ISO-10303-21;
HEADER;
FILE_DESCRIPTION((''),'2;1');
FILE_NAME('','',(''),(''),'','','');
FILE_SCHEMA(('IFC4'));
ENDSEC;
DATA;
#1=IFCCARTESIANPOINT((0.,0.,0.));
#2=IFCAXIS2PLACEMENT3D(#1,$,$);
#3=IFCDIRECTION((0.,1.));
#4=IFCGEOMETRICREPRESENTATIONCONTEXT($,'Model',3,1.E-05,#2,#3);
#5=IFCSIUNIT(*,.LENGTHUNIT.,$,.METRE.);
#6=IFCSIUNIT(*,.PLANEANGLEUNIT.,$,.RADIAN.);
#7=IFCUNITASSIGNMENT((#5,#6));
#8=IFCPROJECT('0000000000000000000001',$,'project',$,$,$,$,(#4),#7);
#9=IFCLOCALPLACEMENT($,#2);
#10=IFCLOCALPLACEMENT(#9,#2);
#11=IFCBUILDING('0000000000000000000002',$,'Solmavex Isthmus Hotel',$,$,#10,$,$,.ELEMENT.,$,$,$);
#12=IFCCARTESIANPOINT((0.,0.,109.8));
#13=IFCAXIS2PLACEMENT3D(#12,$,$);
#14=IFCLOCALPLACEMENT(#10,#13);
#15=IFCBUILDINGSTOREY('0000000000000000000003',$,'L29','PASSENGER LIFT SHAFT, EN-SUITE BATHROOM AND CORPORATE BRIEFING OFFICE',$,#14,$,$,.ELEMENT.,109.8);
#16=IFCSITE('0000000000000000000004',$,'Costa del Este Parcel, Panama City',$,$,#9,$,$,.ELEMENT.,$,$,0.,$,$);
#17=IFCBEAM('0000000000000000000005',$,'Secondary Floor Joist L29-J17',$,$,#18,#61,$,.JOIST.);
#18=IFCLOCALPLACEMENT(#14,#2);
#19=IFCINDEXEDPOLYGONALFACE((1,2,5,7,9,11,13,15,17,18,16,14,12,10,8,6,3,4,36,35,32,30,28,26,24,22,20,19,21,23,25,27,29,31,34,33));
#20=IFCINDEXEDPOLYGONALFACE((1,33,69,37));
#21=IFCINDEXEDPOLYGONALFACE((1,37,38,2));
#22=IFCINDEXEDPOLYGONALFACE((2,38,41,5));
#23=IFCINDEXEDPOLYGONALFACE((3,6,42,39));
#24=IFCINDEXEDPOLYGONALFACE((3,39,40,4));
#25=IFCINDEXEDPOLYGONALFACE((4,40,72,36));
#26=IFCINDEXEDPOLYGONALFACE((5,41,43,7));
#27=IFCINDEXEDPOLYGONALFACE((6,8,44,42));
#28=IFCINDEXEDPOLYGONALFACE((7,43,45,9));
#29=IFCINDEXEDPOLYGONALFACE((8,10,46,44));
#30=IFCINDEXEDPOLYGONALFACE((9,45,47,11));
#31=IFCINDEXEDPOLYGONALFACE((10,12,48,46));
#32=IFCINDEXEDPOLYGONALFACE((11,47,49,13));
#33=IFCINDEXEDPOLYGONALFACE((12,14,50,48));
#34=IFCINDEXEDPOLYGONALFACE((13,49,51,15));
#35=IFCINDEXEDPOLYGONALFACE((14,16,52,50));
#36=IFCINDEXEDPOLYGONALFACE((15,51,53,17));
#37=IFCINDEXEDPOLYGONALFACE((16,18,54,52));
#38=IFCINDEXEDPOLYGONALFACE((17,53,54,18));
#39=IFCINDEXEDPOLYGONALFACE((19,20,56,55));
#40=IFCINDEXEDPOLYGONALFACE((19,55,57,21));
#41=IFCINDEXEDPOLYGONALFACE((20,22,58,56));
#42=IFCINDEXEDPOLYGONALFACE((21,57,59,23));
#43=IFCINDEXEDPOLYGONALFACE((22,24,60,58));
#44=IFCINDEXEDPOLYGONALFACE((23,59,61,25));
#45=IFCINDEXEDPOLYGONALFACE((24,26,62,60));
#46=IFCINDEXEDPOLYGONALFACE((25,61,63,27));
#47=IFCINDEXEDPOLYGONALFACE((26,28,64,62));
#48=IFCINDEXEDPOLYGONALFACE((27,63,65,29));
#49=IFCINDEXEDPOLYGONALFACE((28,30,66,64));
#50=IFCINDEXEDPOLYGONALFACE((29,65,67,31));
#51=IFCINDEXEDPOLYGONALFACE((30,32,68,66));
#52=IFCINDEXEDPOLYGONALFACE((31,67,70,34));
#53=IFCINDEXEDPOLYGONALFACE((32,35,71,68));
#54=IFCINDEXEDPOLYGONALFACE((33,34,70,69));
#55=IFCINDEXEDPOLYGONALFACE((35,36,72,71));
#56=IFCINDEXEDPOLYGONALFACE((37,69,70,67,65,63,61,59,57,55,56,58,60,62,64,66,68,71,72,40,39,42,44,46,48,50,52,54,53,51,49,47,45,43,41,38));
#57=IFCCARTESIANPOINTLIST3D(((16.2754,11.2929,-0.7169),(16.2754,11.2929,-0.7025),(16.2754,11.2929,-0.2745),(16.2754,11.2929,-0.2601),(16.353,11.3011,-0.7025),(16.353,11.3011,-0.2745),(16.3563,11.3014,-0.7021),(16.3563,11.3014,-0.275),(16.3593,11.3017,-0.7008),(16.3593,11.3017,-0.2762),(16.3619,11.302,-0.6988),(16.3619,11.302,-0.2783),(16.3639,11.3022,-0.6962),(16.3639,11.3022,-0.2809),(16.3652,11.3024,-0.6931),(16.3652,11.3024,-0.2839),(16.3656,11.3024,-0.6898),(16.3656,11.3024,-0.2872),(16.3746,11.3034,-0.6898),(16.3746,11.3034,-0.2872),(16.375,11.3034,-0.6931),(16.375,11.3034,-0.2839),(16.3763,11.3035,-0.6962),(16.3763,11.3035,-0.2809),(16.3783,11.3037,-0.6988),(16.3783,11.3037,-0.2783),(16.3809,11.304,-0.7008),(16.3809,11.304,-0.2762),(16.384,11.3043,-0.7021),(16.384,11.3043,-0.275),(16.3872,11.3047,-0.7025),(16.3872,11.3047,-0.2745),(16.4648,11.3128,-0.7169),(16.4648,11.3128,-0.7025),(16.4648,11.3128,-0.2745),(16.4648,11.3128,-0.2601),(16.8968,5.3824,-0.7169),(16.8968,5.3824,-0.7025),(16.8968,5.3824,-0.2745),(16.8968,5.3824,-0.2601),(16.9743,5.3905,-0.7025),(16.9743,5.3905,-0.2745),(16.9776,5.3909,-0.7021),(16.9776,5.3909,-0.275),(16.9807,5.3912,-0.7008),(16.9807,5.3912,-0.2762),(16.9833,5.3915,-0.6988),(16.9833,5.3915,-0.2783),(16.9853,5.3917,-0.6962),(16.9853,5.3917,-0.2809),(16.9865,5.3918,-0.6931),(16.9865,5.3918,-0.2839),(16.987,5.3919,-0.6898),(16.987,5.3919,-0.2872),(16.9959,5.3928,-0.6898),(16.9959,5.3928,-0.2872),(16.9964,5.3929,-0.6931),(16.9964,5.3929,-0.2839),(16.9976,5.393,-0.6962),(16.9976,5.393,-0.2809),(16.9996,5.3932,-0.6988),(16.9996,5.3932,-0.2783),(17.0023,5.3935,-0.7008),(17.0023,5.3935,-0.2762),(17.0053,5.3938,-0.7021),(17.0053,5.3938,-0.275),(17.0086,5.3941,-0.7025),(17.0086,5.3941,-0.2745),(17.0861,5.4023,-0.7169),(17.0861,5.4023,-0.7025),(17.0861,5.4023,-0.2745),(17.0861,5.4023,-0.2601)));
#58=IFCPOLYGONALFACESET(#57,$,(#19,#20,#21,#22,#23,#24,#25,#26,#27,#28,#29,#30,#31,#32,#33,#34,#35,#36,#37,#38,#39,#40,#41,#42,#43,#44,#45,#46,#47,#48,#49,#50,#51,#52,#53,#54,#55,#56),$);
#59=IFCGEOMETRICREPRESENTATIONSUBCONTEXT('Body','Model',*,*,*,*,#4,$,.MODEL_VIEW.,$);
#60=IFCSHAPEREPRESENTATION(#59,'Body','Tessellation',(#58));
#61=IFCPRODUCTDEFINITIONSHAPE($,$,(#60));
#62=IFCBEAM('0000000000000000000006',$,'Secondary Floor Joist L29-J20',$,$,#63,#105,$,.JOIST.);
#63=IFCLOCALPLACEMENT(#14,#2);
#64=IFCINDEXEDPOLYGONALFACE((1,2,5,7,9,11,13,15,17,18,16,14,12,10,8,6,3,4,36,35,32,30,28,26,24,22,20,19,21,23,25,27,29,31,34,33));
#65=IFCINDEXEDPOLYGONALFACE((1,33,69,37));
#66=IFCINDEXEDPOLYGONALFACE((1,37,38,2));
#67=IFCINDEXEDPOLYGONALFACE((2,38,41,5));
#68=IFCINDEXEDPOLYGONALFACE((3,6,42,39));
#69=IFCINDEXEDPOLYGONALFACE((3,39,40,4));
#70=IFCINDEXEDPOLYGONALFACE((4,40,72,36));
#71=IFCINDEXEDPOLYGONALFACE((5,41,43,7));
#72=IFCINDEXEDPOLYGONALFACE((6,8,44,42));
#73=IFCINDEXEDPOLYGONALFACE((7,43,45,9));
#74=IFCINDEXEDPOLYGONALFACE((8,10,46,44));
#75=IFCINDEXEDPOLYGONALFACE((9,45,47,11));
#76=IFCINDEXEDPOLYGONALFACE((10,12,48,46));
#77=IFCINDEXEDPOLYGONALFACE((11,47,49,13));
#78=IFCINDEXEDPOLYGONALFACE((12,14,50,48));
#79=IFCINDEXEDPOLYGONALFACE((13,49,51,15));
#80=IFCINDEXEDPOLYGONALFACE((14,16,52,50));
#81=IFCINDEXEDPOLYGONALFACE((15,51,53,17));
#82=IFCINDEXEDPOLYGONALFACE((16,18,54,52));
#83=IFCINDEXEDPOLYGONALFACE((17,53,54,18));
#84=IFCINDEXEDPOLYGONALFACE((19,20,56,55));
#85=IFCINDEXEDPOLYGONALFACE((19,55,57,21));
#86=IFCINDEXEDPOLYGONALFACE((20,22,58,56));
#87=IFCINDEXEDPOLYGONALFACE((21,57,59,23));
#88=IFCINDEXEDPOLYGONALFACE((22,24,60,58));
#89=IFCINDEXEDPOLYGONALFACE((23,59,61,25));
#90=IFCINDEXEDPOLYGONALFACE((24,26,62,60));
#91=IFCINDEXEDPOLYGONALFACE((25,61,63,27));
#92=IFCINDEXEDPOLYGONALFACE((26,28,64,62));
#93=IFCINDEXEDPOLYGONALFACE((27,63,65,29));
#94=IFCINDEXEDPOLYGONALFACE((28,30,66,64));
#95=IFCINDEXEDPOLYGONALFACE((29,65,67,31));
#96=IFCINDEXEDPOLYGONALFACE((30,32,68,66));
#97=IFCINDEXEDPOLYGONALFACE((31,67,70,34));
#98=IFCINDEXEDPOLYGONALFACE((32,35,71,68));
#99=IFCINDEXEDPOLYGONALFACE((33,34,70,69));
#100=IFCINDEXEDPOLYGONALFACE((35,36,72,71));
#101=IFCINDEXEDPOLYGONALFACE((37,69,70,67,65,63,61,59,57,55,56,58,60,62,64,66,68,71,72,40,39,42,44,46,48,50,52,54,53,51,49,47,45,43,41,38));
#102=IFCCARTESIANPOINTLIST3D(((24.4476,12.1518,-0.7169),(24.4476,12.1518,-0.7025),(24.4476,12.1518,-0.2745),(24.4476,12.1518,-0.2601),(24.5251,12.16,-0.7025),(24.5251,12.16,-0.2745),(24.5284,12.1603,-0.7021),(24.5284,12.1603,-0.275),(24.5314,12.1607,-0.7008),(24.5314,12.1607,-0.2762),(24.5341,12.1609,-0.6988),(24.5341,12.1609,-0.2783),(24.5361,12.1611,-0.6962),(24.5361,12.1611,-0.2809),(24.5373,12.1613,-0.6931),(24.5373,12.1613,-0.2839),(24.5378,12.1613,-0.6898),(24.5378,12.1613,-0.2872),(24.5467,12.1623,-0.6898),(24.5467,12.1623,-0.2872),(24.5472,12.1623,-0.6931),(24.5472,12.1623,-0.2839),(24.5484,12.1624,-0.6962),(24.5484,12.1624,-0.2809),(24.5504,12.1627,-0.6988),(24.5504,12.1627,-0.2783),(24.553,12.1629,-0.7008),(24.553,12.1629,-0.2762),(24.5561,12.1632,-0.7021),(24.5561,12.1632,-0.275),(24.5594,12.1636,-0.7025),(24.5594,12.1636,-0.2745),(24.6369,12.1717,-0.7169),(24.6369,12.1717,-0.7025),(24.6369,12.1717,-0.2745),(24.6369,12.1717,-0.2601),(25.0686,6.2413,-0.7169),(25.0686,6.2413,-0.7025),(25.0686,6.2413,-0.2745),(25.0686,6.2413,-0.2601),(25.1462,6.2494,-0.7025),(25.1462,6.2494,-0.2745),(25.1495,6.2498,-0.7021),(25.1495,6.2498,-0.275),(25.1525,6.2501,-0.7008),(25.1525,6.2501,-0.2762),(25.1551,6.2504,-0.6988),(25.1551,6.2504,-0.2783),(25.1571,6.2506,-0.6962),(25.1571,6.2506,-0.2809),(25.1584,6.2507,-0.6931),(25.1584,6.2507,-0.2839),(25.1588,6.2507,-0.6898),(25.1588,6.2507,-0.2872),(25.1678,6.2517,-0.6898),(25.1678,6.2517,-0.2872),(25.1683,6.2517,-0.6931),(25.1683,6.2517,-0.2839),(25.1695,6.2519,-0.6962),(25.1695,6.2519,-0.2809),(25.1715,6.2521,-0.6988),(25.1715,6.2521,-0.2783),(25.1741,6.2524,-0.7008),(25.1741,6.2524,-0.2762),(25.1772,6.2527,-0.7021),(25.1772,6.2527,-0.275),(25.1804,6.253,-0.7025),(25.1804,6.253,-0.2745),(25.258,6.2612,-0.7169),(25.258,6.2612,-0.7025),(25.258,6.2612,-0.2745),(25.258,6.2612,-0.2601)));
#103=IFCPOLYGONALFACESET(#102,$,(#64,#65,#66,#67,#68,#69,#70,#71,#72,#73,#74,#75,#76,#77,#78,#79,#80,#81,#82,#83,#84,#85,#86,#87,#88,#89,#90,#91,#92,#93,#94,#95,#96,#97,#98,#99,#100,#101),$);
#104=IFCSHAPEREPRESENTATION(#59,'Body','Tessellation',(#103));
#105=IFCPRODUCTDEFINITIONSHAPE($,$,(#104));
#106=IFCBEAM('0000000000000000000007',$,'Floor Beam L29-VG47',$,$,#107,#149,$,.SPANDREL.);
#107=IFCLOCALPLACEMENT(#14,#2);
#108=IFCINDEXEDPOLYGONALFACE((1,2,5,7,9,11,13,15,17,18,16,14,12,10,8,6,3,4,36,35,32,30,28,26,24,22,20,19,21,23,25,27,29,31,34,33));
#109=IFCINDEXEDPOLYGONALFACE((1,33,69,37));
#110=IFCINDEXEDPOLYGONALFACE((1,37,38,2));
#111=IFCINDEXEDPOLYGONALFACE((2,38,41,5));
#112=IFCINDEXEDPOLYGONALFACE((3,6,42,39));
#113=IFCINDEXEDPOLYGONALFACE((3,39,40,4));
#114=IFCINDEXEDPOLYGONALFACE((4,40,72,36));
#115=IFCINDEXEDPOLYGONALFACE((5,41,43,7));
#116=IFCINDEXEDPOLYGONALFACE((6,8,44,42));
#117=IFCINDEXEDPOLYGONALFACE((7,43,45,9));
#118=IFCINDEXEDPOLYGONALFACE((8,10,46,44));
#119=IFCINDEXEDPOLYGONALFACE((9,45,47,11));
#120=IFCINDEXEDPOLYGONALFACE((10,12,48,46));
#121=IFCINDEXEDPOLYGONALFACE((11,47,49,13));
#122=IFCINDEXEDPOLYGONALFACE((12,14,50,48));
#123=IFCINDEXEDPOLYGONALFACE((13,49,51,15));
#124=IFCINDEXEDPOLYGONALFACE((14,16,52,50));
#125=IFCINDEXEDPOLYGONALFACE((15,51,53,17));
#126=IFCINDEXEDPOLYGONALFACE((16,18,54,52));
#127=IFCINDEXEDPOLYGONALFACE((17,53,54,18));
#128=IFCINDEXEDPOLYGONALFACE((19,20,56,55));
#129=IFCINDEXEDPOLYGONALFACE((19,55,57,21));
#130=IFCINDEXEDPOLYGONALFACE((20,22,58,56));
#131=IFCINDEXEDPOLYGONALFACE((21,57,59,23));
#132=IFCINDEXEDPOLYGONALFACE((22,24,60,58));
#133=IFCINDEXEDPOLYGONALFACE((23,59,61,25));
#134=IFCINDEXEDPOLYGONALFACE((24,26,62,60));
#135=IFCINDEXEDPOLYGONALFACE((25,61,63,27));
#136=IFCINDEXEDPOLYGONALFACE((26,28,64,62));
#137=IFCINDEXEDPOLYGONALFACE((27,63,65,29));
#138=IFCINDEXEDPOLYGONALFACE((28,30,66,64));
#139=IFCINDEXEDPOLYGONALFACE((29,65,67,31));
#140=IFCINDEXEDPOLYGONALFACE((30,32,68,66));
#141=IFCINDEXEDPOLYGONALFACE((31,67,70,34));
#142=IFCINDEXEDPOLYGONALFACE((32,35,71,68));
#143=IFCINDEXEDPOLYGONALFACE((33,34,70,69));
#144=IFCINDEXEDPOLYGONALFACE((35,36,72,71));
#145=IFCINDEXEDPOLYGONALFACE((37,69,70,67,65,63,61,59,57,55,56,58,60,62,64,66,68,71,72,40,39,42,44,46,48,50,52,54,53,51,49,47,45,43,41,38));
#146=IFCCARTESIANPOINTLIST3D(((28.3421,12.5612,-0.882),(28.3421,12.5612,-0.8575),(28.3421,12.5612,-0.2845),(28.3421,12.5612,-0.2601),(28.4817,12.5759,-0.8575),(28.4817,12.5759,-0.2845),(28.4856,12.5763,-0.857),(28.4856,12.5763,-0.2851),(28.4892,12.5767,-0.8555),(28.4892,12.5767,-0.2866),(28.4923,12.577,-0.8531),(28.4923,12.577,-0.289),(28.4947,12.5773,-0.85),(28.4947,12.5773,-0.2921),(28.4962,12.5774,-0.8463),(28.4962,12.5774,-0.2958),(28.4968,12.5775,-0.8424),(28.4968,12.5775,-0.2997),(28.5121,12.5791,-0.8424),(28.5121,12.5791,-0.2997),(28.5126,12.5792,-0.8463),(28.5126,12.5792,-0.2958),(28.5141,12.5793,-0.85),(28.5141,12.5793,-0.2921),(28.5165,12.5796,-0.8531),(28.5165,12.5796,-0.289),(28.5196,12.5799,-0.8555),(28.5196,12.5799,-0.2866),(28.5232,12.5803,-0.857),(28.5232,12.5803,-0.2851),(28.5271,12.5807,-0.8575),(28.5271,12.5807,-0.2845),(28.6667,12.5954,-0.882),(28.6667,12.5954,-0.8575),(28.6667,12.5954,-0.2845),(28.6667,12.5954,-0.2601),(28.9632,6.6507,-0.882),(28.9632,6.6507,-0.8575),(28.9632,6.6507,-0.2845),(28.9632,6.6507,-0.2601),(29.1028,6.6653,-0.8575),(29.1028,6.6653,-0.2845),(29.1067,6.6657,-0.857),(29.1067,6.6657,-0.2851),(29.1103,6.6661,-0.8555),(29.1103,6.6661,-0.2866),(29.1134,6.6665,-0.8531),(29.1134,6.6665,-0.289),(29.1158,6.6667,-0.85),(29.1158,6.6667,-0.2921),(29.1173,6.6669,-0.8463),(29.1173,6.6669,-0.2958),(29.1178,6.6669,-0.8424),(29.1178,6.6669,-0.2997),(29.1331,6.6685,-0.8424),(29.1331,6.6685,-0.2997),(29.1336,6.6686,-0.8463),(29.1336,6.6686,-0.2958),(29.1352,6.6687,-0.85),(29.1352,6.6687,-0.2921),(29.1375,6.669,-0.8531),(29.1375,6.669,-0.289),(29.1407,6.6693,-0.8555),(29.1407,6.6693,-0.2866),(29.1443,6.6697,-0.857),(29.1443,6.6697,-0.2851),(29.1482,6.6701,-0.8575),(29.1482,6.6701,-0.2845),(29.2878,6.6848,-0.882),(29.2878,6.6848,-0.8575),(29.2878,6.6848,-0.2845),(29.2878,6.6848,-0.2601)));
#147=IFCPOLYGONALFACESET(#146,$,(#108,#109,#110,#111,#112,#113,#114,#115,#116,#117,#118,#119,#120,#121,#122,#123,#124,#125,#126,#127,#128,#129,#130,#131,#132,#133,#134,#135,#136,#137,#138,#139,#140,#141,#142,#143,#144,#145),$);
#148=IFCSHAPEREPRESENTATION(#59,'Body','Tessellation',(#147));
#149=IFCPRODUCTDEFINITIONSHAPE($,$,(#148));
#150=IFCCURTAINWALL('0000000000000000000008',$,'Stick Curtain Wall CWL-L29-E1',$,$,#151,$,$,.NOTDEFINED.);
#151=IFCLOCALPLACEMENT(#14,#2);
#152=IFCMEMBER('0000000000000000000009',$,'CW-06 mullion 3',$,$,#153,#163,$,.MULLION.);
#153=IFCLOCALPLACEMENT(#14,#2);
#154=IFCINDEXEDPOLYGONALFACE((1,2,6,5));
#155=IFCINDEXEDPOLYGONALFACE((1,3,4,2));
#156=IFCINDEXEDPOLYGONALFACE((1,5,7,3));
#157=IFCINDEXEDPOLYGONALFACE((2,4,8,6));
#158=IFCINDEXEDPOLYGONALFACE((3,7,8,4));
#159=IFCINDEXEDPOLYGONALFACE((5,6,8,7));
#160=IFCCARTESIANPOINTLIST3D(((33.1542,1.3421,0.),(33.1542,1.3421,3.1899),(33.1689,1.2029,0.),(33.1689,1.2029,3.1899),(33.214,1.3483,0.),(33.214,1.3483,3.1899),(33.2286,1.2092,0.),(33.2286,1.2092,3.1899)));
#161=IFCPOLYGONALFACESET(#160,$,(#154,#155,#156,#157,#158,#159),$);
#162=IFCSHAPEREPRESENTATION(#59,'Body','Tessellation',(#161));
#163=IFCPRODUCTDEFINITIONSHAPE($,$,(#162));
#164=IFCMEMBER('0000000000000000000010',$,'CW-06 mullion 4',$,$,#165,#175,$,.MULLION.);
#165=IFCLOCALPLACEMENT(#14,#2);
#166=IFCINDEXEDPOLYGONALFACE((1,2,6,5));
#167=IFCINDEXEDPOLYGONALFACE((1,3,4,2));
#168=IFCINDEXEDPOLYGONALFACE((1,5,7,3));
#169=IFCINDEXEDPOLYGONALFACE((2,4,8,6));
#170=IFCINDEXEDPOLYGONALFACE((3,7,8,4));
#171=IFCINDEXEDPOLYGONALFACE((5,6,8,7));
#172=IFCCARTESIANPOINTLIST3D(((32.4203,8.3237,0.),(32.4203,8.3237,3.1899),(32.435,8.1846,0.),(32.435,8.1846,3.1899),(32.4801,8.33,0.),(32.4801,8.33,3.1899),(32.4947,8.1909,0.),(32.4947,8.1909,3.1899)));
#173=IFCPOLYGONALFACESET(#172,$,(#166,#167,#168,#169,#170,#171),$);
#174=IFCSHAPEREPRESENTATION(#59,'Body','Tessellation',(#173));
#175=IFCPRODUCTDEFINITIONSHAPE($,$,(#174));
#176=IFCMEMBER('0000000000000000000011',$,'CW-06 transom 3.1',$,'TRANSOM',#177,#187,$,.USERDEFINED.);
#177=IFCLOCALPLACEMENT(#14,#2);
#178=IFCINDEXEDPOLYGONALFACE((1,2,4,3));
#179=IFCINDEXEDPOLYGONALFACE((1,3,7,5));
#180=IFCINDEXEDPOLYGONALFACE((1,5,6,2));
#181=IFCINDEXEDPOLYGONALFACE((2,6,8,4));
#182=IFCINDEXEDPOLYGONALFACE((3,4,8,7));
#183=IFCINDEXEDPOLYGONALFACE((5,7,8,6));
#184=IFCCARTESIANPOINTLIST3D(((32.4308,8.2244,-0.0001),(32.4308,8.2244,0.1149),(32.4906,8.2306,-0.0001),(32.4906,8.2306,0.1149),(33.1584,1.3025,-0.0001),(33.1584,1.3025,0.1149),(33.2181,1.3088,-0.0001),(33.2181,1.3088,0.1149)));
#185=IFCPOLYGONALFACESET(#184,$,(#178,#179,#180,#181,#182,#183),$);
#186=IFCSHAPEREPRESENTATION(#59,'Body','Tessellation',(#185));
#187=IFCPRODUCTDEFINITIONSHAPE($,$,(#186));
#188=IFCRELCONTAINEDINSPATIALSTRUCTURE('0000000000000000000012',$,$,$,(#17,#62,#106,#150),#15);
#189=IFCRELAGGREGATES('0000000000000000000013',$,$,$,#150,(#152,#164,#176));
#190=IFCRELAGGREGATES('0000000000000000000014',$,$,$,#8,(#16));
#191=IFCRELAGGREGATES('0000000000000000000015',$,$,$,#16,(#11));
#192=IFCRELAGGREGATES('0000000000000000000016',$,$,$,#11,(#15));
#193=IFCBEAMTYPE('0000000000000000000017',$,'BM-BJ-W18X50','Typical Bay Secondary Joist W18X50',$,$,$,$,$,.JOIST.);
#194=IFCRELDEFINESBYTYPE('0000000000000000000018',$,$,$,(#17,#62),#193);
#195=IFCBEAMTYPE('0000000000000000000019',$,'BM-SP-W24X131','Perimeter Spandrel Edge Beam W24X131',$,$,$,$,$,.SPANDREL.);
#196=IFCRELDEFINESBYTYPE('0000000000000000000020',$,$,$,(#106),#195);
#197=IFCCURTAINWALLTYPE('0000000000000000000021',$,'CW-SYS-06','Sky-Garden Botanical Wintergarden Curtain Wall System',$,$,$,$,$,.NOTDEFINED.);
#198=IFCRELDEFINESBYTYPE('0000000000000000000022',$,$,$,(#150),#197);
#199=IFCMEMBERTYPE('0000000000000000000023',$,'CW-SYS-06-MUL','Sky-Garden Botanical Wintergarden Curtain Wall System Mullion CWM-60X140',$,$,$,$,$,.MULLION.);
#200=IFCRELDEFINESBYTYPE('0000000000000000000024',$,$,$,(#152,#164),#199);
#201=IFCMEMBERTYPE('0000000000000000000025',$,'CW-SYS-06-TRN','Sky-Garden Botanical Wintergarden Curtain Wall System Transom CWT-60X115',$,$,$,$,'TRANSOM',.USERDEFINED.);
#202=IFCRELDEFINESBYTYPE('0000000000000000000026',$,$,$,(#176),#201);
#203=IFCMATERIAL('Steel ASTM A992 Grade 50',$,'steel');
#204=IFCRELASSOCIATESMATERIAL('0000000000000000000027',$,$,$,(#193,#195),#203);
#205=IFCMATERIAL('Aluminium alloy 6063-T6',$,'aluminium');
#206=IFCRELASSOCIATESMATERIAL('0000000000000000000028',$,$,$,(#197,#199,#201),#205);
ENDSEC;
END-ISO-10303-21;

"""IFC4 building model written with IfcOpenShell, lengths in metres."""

from ifc_helpers import new_model, si_unit, direction, frame, origin, origin_2d, place, context, subcontext, project, spatial, rectangle, i_section, extrude, material, material_profile, profile_set, type_object, element, aggregate, save


model = new_model("IFC4")

# Units and contexts
model_context = context("Model", 3, precision=1e-05, world=origin(), true_north=direction((0.0, 1.0)))
body_context = subcontext(model_context, "Body", "Model", "MODEL_VIEW")
ifc_project = project(units=[si_unit("LENGTHUNIT", "METRE"), si_unit("PLANEANGLEUNIT", "RADIAN")], contexts=[model_context])

# Site, building, storey
site_placement = place(None, origin())
site = spatial("IfcSite", under=ifc_project, at=site_placement, Name="Costa del Este Parcel, Panama City", CompositionType="ELEMENT", RefElevation=0.0)
building_placement = place(site_placement, origin())
building = spatial("IfcBuilding", under=site, at=building_placement, Name="Solmavex Isthmus Hotel", CompositionType="ELEMENT")
storey_placement = place(building_placement, frame((0.0, 0.0, 109.8)))
storey = spatial("IfcBuildingStorey", under=building, at=storey_placement, Name="L29", Description="PASSENGER LIFT SHAFT, EN-SUITE BATHROOM AND CORPORATE BRIEFING OFFICE", CompositionType="ELEMENT", Elevation=109.8)

# Beams
ifc_material_1 = material(Name="Steel ASTM A992 Grade 50", Category="steel")
ifc_material_profile_1 = material_profile(ifc_material_1, i_section(OverallWidth=0.1904, OverallDepth=0.4568, WebThickness=0.009, FlangeThickness=0.0144, FilletRadius=0.0127, at=origin_2d()), Name="W18X50")
ifc_profile_set_1 = profile_set([ifc_material_profile_1], Name="Steel ASTM A992 Grade 50")
beam_type_1 = type_object("IfcBeamType", Name="BM-BJ-W18X50", Description="Typical Bay Secondary Joist W18X50", PredefinedType="JOIST", material=ifc_profile_set_1)
for number, where, z_axis, x_axis, name in (
    (1, (16.9915, 5.3923, -0.4885), (-0.104546, 0.99452, 0.0), (-0.99452, -0.104546, 0.0), "Secondary Floor Joist L29-J17"),
    (2, (25.1633, 6.2512, -0.4885), (-0.104505, 0.994524, 0.0), (-0.994524, -0.104505, 0.0), "Secondary Floor Joist L29-J20"),
):
    element("IfcBeam", number, at=place(storey_placement, frame(where, z_axis=z_axis, x_axis=x_axis)), inside=storey, type_object=beam_type_1, Name=name, PredefinedType="JOIST", context=body_context, shape_type="SweptSolid", body=[
        extrude(i_section(OverallWidth=0.1904, OverallDepth=0.4568, WebThickness=0.009, FlangeThickness=0.0144, FilletRadius=0.0127, at=origin_2d()), origin(), (0.0, 0.0, 1.0), 5.9431),
    ])
ifc_material_profile_2 = material_profile(ifc_material_1, i_section(OverallWidth=0.3264, OverallDepth=0.6218, WebThickness=0.0154, FlangeThickness=0.0244, FilletRadius=0.0151, at=origin_2d()), Name="W24X131")
ifc_profile_set_2 = profile_set([ifc_material_profile_2], Name="Steel ASTM A992 Grade 50")
beam_type_2 = type_object("IfcBeamType", Name="BM-SP-W24X131", Description="Perimeter Spandrel Edge Beam W24X131", PredefinedType="SPANDREL", material=ifc_profile_set_2)
beam_1_placement = place(storey_placement, frame((29.1255, 6.6677, -0.571), z_axis=(-0.104505, 0.994524, 0.0), x_axis=(-0.994524, -0.104505, 0.0)))
element("IfcBeam", 3, at=beam_1_placement, inside=storey, type_object=beam_type_2, Name="Floor Beam L29-VG47", PredefinedType="SPANDREL", context=body_context, shape_type="SweptSolid", body=[
    extrude(i_section(OverallWidth=0.3264, OverallDepth=0.6218, WebThickness=0.0154, FlangeThickness=0.0244, FilletRadius=0.0151, at=origin_2d()), origin(), (0.0, 0.0, 1.0), 5.9431),
])

# Curtain wall, members
ifc_material_2 = material(Name="Aluminium alloy 6063-T6", Category="aluminium")
curtain_wall_type = type_object("IfcCurtainWallType", Name="CW-SYS-06", Description="Sky-Garden Botanical Wintergarden Curtain Wall System", PredefinedType="NOTDEFINED", material=ifc_material_2)
curtain_wall_placement = place(storey_placement, origin())
curtain_wall = element("IfcCurtainWall", 4, at=curtain_wall_placement, inside=storey, type_object=curtain_wall_type, Name="Stick Curtain Wall CWL-L29-E1", PredefinedType="NOTDEFINED")
ifc_material_profile_3 = material_profile(ifc_material_2, rectangle(XDim=0.0601, YDim=0.1399, at=origin_2d()), Name="CWM-60X140")
ifc_profile_set_3 = profile_set([ifc_material_profile_3], Name="Aluminium alloy 6063-T6")
member_type_1 = type_object("IfcMemberType", Name="CW-SYS-06-MUL", Description="Sky-Garden Botanical Wintergarden Curtain Wall System Mullion CWM-60X140", PredefinedType="MULLION", material=ifc_profile_set_3)
member_1_placement = place(storey_placement, frame((33.1914, 1.2756, 0.0), z_axis=(0.0, 0.0, 1.0), x_axis=(-0.994522, -0.104528, 0.0)))
member_1 = element("IfcMember", 5, at=member_1_placement, type_object=member_type_1, Name="CW-06 mullion 3", PredefinedType="MULLION", context=body_context, shape_type="SweptSolid", body=[
    extrude(rectangle(XDim=0.0601, YDim=0.1399, at=origin_2d()), origin(), (0.0, 0.0, 1.0), 3.1899),
])
member_2_placement = place(storey_placement, frame((32.4575, 8.2573, 0.0), z_axis=(0.0, 0.0, 1.0), x_axis=(-0.994522, -0.104528, 0.0)))
member_2 = element("IfcMember", 6, at=member_2_placement, type_object=member_type_1, Name="CW-06 mullion 4", PredefinedType="MULLION", context=body_context, shape_type="SweptSolid", body=[
    extrude(rectangle(XDim=0.0601, YDim=0.1399, at=origin_2d()), origin(), (0.0, 0.0, 1.0), 3.1899),
])
ifc_material_profile_4 = material_profile(ifc_material_2, rectangle(XDim=0.0601, YDim=0.115, at=origin_2d()), Name="CWT-60X115")
ifc_profile_set_4 = profile_set([ifc_material_profile_4], Name="Aluminium alloy 6063-T6")
member_type_2 = type_object("IfcMemberType", Name="CW-SYS-06-TRN", Description="Sky-Garden Botanical Wintergarden Curtain Wall System Transom CWT-60X115", ElementType="TRANSOM", PredefinedType="USERDEFINED", material=ifc_profile_set_4)
member_3_placement = place(storey_placement, frame((33.1882, 1.3057, 0.0574), z_axis=(-0.104531, 0.994522, 0.0), x_axis=(-0.994522, -0.104531, 0.0)))
member_3 = element("IfcMember", 7, at=member_3_placement, type_object=member_type_2, Name="CW-06 transom 3.1", ObjectType="TRANSOM", PredefinedType="USERDEFINED", context=body_context, shape_type="SweptSolid", body=[
    extrude(rectangle(XDim=0.0601, YDim=0.115, at=origin_2d()), origin(), (0.0, 0.0, 1.0), 6.96),
])
aggregate(curtain_wall, [member_1, member_2, member_3])

save(model, "model.ifc")
